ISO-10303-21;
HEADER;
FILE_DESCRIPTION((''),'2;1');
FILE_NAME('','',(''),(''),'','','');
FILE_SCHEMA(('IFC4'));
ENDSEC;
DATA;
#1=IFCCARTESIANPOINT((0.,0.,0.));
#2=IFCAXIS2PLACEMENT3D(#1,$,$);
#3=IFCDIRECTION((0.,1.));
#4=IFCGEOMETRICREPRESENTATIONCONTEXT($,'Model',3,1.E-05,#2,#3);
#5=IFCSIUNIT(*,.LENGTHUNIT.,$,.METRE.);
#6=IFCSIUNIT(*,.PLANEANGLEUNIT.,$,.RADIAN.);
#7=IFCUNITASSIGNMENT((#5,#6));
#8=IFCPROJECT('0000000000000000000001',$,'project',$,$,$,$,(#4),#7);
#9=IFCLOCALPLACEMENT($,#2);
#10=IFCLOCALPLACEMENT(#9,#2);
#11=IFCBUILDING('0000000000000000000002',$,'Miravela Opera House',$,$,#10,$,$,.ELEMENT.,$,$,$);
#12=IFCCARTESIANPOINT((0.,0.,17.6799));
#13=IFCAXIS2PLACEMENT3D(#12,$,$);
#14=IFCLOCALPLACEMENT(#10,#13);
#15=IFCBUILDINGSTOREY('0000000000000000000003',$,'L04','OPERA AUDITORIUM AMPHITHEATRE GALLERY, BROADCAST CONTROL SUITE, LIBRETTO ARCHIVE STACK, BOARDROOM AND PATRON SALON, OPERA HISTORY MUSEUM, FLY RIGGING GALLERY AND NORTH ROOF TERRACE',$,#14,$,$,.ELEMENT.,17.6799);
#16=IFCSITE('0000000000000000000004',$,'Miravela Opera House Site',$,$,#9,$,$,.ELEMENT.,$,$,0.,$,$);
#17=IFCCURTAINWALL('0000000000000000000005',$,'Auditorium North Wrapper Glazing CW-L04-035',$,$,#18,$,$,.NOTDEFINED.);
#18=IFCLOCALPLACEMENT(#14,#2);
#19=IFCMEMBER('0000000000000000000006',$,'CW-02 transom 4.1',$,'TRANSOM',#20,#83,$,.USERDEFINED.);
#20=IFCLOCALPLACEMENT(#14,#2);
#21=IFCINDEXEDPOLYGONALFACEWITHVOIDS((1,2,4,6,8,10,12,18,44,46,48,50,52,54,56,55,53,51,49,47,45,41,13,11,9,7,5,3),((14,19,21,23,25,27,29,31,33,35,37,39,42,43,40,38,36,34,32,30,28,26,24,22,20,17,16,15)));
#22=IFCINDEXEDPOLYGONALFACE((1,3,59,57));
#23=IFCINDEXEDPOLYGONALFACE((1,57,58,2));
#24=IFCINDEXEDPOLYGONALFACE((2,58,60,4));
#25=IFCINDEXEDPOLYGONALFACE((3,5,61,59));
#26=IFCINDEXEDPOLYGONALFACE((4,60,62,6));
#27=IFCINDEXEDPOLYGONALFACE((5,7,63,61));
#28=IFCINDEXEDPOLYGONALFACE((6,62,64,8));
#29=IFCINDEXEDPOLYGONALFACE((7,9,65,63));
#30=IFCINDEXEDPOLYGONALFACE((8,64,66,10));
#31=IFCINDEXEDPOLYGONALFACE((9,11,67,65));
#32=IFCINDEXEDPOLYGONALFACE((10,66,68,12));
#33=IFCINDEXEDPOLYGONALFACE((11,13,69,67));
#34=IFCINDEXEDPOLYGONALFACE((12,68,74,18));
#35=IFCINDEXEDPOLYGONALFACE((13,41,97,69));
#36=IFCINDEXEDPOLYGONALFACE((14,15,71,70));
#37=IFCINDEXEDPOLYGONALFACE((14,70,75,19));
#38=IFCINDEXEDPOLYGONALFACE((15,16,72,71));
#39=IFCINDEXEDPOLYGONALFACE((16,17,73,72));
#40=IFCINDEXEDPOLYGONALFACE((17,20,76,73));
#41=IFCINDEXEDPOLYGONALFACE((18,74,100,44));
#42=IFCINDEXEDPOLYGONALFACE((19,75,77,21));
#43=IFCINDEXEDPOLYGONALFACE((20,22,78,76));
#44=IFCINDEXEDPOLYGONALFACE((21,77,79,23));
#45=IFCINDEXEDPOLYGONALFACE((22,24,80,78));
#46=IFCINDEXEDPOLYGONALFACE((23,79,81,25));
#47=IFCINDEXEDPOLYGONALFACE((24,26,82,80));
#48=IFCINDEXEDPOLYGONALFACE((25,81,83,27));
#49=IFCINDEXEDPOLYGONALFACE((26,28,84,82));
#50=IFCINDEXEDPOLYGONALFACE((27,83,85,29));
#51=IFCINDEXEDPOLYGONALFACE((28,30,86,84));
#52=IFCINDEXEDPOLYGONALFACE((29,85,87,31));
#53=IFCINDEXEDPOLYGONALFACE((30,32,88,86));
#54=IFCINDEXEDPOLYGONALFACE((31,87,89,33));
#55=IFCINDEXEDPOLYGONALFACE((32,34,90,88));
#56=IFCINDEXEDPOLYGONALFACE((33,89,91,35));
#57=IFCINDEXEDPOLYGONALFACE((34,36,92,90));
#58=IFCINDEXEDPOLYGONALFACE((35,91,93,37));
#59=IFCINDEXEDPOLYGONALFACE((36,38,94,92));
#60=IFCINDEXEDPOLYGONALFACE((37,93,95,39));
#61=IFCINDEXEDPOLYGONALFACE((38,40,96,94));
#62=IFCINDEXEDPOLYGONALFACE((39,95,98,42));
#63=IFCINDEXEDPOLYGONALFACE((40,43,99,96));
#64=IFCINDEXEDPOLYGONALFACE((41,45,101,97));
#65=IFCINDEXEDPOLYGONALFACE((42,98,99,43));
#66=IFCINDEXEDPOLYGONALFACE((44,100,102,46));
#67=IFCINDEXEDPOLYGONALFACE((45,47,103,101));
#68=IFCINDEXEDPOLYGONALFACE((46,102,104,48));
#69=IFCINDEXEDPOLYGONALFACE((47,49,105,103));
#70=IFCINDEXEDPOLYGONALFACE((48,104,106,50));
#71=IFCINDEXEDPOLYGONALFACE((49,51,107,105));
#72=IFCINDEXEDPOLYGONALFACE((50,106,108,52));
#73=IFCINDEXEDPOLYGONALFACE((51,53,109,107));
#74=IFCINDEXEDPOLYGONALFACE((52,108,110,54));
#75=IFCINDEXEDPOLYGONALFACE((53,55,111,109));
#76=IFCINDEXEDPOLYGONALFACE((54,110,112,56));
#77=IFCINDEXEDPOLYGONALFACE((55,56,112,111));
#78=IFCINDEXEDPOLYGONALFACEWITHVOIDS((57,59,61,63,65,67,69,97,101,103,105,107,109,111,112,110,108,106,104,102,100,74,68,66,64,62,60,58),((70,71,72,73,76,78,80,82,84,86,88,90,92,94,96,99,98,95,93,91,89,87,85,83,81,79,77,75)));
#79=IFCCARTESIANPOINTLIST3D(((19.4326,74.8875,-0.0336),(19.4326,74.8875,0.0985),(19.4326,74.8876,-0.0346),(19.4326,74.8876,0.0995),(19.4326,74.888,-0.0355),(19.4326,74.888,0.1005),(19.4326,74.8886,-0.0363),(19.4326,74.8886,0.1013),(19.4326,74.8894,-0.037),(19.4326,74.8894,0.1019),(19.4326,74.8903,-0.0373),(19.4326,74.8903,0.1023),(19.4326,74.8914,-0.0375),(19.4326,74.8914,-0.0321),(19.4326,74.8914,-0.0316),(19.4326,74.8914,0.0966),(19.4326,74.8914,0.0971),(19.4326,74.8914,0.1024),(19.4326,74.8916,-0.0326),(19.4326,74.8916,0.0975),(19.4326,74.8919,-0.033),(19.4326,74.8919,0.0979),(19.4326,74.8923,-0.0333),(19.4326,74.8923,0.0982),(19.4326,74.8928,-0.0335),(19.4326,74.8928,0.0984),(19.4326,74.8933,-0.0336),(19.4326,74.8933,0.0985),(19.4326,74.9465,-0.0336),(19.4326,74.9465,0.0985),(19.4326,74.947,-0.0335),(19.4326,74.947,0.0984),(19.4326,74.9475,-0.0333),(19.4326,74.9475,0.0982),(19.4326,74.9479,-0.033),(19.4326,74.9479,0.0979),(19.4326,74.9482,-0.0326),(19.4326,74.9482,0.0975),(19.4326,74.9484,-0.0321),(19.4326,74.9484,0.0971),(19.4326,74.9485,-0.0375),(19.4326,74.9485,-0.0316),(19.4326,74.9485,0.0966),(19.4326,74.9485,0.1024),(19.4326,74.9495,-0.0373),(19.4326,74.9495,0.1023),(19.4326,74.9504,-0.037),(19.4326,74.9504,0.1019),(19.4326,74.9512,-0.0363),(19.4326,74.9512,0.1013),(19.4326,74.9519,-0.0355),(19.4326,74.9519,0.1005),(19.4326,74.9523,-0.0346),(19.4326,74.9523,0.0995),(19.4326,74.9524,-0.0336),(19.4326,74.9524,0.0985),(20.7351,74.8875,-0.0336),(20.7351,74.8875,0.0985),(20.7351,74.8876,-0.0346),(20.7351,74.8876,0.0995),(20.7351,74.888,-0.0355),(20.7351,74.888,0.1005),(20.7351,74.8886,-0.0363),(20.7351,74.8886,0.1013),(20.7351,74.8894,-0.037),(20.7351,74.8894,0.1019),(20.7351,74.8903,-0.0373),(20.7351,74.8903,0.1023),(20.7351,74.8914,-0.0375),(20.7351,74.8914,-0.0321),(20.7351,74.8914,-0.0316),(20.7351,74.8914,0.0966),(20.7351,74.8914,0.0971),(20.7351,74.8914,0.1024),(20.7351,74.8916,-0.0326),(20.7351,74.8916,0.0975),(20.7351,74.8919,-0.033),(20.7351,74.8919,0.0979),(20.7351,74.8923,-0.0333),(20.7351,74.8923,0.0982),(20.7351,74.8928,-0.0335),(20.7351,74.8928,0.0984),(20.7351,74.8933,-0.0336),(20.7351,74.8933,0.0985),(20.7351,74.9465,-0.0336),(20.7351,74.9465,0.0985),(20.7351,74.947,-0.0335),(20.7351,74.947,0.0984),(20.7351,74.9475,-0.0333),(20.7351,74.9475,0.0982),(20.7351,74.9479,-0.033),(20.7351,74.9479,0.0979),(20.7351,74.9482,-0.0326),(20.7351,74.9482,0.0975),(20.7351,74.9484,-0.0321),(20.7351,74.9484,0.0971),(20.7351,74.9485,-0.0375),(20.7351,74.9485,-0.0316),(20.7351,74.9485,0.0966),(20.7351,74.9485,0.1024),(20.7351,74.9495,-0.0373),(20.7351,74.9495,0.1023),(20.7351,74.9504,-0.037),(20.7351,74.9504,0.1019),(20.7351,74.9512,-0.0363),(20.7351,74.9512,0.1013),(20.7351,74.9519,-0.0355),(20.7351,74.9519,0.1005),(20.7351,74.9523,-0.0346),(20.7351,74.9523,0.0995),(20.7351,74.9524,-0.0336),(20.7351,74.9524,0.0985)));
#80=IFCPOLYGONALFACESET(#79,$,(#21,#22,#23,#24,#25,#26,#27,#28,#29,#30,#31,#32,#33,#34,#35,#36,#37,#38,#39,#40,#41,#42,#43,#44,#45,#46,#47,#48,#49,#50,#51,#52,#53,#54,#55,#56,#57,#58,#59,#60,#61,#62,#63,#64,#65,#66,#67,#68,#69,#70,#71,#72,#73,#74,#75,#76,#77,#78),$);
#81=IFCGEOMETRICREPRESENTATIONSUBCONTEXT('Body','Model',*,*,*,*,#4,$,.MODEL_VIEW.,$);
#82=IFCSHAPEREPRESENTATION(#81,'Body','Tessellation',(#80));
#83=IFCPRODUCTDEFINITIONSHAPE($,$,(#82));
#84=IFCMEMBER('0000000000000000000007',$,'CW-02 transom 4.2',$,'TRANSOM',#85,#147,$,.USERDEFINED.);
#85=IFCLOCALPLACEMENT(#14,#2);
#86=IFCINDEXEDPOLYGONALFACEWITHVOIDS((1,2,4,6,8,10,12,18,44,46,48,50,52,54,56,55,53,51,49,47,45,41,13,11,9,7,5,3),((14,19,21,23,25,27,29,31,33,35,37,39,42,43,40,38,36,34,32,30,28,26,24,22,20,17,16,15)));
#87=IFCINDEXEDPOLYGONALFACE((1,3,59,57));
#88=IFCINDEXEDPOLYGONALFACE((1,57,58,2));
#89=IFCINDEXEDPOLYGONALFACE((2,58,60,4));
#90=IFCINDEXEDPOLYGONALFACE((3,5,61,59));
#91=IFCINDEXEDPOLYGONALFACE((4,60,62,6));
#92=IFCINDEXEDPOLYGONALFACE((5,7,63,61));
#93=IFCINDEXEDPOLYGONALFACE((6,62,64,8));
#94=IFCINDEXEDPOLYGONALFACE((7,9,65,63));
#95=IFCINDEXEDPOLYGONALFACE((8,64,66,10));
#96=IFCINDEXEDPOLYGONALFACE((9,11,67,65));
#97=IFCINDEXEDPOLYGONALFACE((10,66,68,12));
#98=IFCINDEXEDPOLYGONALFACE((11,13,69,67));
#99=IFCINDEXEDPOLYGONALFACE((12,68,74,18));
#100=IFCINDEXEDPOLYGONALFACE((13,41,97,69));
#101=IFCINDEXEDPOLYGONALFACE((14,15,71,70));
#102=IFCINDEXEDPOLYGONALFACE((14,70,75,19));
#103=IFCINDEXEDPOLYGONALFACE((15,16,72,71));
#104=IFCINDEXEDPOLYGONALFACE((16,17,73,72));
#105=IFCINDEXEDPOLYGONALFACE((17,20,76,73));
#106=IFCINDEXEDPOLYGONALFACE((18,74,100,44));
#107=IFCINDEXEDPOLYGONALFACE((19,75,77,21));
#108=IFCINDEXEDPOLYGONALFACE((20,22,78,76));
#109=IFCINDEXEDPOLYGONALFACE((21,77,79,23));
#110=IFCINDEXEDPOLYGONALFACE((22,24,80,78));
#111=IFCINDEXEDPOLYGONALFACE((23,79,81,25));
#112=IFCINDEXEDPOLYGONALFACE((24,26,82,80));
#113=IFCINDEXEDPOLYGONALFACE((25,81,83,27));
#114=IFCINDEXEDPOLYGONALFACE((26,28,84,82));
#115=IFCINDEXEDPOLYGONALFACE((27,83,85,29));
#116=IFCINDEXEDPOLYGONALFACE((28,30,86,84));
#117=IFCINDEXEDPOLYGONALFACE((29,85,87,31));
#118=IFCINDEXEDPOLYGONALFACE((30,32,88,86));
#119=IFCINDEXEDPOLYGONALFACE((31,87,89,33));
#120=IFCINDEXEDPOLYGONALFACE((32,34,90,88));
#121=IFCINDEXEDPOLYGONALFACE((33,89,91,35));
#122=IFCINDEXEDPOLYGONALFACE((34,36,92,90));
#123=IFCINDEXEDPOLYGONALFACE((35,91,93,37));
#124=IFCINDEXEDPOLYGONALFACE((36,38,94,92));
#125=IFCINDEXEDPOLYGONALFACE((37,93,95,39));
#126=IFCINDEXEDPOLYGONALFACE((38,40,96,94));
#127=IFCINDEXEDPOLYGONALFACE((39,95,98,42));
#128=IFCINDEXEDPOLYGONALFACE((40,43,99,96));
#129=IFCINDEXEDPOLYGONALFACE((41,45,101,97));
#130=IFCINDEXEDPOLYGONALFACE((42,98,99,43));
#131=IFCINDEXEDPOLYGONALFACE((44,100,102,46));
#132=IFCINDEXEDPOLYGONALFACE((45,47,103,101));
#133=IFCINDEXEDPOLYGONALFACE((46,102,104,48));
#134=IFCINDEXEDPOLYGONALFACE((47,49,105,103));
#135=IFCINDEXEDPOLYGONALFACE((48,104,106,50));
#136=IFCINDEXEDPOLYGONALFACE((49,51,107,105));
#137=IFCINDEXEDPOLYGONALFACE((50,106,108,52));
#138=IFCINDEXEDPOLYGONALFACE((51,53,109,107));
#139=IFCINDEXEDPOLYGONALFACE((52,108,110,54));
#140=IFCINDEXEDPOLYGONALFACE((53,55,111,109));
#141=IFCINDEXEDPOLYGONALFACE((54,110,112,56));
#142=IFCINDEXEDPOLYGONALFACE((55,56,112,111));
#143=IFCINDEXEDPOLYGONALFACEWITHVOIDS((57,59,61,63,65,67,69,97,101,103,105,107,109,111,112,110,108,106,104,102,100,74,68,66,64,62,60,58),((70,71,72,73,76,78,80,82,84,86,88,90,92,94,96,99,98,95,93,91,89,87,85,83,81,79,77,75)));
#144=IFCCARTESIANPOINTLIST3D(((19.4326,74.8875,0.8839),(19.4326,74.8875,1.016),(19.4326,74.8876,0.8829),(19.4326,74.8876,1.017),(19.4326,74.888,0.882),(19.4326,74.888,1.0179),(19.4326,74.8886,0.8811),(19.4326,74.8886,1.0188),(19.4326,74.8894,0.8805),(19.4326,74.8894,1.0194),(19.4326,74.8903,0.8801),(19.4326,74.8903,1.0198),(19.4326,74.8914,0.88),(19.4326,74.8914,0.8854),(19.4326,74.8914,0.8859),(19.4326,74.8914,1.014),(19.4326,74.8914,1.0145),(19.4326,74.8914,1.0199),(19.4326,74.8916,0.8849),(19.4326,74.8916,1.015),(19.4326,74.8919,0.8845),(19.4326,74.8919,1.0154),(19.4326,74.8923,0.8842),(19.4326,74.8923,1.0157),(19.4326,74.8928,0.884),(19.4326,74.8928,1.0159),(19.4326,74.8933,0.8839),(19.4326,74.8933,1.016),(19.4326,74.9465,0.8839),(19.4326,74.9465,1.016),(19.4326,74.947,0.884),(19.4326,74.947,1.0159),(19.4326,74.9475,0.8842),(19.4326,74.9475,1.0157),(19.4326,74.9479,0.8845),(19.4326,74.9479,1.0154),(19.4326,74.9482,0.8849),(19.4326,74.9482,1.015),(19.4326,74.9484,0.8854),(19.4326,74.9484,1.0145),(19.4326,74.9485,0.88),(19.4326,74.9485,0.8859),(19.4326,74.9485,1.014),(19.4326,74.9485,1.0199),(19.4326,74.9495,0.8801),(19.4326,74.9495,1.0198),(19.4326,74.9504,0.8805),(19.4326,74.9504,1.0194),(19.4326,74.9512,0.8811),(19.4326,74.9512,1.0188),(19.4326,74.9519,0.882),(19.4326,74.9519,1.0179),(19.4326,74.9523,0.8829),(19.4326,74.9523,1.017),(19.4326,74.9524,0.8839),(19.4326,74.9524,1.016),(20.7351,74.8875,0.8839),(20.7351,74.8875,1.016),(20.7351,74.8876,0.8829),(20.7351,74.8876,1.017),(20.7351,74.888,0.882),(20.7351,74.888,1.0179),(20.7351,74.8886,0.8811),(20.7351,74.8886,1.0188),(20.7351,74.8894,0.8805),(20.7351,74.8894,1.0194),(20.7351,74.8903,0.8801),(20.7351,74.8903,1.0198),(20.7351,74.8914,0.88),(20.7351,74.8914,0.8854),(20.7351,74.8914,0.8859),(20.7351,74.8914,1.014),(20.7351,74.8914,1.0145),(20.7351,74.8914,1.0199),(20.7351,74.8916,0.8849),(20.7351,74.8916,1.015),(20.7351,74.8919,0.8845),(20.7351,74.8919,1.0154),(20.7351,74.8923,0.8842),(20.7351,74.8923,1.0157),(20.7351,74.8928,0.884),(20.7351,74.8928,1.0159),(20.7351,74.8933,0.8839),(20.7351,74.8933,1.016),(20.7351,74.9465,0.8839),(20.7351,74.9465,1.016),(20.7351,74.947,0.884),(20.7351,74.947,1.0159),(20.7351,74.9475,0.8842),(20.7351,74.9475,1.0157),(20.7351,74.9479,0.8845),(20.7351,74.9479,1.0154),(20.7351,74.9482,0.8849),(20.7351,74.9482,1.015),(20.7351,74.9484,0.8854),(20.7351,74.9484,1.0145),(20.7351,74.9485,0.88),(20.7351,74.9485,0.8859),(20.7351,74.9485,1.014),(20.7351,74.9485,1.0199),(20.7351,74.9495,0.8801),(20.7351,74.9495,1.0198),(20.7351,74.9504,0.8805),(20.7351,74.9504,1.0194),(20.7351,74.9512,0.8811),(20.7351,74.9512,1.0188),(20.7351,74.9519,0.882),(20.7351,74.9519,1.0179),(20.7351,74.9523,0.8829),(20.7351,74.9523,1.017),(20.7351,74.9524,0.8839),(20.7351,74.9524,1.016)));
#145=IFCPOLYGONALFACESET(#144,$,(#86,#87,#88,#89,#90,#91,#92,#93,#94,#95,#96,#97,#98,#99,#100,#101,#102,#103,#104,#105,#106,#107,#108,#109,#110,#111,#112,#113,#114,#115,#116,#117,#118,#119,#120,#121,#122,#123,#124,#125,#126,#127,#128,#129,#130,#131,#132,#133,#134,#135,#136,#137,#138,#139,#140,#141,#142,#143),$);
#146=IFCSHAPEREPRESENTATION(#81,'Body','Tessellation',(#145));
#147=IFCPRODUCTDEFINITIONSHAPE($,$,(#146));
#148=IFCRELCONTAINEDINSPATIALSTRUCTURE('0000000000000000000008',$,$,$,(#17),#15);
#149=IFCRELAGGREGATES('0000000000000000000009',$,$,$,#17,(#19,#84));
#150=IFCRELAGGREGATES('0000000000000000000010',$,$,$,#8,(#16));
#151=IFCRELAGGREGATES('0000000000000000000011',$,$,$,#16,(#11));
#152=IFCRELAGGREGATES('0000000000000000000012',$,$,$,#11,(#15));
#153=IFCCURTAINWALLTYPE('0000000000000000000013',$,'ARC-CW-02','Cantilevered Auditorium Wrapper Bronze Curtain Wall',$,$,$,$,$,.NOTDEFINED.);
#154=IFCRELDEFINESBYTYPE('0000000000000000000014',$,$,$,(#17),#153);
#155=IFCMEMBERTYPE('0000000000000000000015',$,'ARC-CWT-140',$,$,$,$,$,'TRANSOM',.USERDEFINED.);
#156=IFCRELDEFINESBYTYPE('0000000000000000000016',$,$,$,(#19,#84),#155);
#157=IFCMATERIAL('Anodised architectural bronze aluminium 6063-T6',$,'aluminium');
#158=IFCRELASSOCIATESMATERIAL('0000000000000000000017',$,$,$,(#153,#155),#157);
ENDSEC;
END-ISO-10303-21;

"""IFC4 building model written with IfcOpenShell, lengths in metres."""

from ifc_helpers import new_model, si_unit, direction, frame, origin, origin_2d, place, context, subcontext, project, spatial, hollow_rectangle, extrude, material, material_profile, profile_set, type_object, element, aggregate, save


model = new_model("IFC4")

# Units and contexts
model_context = context("Model", 3, precision=1e-05, world=origin(), true_north=direction((0.0, 1.0)))
body_context = subcontext(model_context, "Body", "Model", "MODEL_VIEW")
ifc_project = project(units=[si_unit("LENGTHUNIT", "METRE"), si_unit("PLANEANGLEUNIT", "RADIAN")], contexts=[model_context])

# Site, building, storey
site_placement = place(None, origin())
site = spatial("IfcSite", under=ifc_project, at=site_placement, Name="Miravela Opera House Site", CompositionType="ELEMENT", RefElevation=0.0)
building_placement = place(site_placement, origin())
building = spatial("IfcBuilding", under=site, at=building_placement, Name="Miravela Opera House", CompositionType="ELEMENT")
storey_placement = place(building_placement, frame((0.0, 0.0, 17.6799)))
storey = spatial("IfcBuildingStorey", under=building, at=storey_placement, Name="L04", Description="OPERA AUDITORIUM AMPHITHEATRE GALLERY, BROADCAST CONTROL SUITE, LIBRETTO ARCHIVE STACK, BOARDROOM AND PATRON SALON, OPERA HISTORY MUSEUM, FLY RIGGING GALLERY AND NORTH ROOF TERRACE", CompositionType="ELEMENT", Elevation=17.6799)

# Curtain wall, members
ifc_material_1 = material(Name="Anodised architectural bronze aluminium 6063-T6", Category="aluminium")
curtain_wall_type = type_object("IfcCurtainWallType", Name="ARC-CW-02", Description="Cantilevered Auditorium Wrapper Bronze Curtain Wall", PredefinedType="NOTDEFINED", material=ifc_material_1)
curtain_wall_placement = place(storey_placement, origin())
curtain_wall = element("IfcCurtainWall", 1, at=curtain_wall_placement, inside=storey, type_object=curtain_wall_type, Name="Auditorium North Wrapper Glazing CW-L04-035", PredefinedType="NOTDEFINED")
ifc_material_profile_1 = material_profile(ifc_material_1, hollow_rectangle(XDim=0.0649, YDim=0.1399, WallThickness=0.0039, InnerFilletRadius=0.002, OuterFilletRadius=0.0039, at=origin_2d()), Name="CWT-65X140")
ifc_profile_set_1 = profile_set([ifc_material_profile_1])
member_type_1 = type_object("IfcMemberType", Name="ARC-CWT-140", ElementType="TRANSOM", PredefinedType="USERDEFINED", material=ifc_profile_set_1)
member_1_placement = place(storey_placement, frame((19.4326, 74.9199, 0.0325), z_axis=(1.0, 0.0, 0.0), x_axis=(0.0, 1.0, 0.0)))
member_1 = element("IfcMember", 2, at=member_1_placement, type_object=member_type_1, Name="CW-02 transom 4.1", ObjectType="TRANSOM", PredefinedType="USERDEFINED", context=body_context, shape_type="SweptSolid", body=[
    extrude(hollow_rectangle(XDim=0.0649, YDim=0.1399, WallThickness=0.0039, InnerFilletRadius=0.002, OuterFilletRadius=0.0039, at=origin_2d()), origin(), (0.0, 0.0, 1.0), 1.3025),
])
member_2_placement = place(storey_placement, frame((19.4326, 74.9199, 0.95), z_axis=(1.0, 0.0, 0.0), x_axis=(0.0, 1.0, 0.0)))
member_2 = element("IfcMember", 3, at=member_2_placement, type_object=member_type_1, Name="CW-02 transom 4.2", ObjectType="TRANSOM", PredefinedType="USERDEFINED", context=body_context, shape_type="SweptSolid", body=[
    extrude(hollow_rectangle(XDim=0.0649, YDim=0.1399, WallThickness=0.0039, InnerFilletRadius=0.002, OuterFilletRadius=0.0039, at=origin_2d()), origin(), (0.0, 0.0, 1.0), 1.3025),
])

aggregate(curtain_wall, [member_1, member_2])

save(model, "model.ifc")
